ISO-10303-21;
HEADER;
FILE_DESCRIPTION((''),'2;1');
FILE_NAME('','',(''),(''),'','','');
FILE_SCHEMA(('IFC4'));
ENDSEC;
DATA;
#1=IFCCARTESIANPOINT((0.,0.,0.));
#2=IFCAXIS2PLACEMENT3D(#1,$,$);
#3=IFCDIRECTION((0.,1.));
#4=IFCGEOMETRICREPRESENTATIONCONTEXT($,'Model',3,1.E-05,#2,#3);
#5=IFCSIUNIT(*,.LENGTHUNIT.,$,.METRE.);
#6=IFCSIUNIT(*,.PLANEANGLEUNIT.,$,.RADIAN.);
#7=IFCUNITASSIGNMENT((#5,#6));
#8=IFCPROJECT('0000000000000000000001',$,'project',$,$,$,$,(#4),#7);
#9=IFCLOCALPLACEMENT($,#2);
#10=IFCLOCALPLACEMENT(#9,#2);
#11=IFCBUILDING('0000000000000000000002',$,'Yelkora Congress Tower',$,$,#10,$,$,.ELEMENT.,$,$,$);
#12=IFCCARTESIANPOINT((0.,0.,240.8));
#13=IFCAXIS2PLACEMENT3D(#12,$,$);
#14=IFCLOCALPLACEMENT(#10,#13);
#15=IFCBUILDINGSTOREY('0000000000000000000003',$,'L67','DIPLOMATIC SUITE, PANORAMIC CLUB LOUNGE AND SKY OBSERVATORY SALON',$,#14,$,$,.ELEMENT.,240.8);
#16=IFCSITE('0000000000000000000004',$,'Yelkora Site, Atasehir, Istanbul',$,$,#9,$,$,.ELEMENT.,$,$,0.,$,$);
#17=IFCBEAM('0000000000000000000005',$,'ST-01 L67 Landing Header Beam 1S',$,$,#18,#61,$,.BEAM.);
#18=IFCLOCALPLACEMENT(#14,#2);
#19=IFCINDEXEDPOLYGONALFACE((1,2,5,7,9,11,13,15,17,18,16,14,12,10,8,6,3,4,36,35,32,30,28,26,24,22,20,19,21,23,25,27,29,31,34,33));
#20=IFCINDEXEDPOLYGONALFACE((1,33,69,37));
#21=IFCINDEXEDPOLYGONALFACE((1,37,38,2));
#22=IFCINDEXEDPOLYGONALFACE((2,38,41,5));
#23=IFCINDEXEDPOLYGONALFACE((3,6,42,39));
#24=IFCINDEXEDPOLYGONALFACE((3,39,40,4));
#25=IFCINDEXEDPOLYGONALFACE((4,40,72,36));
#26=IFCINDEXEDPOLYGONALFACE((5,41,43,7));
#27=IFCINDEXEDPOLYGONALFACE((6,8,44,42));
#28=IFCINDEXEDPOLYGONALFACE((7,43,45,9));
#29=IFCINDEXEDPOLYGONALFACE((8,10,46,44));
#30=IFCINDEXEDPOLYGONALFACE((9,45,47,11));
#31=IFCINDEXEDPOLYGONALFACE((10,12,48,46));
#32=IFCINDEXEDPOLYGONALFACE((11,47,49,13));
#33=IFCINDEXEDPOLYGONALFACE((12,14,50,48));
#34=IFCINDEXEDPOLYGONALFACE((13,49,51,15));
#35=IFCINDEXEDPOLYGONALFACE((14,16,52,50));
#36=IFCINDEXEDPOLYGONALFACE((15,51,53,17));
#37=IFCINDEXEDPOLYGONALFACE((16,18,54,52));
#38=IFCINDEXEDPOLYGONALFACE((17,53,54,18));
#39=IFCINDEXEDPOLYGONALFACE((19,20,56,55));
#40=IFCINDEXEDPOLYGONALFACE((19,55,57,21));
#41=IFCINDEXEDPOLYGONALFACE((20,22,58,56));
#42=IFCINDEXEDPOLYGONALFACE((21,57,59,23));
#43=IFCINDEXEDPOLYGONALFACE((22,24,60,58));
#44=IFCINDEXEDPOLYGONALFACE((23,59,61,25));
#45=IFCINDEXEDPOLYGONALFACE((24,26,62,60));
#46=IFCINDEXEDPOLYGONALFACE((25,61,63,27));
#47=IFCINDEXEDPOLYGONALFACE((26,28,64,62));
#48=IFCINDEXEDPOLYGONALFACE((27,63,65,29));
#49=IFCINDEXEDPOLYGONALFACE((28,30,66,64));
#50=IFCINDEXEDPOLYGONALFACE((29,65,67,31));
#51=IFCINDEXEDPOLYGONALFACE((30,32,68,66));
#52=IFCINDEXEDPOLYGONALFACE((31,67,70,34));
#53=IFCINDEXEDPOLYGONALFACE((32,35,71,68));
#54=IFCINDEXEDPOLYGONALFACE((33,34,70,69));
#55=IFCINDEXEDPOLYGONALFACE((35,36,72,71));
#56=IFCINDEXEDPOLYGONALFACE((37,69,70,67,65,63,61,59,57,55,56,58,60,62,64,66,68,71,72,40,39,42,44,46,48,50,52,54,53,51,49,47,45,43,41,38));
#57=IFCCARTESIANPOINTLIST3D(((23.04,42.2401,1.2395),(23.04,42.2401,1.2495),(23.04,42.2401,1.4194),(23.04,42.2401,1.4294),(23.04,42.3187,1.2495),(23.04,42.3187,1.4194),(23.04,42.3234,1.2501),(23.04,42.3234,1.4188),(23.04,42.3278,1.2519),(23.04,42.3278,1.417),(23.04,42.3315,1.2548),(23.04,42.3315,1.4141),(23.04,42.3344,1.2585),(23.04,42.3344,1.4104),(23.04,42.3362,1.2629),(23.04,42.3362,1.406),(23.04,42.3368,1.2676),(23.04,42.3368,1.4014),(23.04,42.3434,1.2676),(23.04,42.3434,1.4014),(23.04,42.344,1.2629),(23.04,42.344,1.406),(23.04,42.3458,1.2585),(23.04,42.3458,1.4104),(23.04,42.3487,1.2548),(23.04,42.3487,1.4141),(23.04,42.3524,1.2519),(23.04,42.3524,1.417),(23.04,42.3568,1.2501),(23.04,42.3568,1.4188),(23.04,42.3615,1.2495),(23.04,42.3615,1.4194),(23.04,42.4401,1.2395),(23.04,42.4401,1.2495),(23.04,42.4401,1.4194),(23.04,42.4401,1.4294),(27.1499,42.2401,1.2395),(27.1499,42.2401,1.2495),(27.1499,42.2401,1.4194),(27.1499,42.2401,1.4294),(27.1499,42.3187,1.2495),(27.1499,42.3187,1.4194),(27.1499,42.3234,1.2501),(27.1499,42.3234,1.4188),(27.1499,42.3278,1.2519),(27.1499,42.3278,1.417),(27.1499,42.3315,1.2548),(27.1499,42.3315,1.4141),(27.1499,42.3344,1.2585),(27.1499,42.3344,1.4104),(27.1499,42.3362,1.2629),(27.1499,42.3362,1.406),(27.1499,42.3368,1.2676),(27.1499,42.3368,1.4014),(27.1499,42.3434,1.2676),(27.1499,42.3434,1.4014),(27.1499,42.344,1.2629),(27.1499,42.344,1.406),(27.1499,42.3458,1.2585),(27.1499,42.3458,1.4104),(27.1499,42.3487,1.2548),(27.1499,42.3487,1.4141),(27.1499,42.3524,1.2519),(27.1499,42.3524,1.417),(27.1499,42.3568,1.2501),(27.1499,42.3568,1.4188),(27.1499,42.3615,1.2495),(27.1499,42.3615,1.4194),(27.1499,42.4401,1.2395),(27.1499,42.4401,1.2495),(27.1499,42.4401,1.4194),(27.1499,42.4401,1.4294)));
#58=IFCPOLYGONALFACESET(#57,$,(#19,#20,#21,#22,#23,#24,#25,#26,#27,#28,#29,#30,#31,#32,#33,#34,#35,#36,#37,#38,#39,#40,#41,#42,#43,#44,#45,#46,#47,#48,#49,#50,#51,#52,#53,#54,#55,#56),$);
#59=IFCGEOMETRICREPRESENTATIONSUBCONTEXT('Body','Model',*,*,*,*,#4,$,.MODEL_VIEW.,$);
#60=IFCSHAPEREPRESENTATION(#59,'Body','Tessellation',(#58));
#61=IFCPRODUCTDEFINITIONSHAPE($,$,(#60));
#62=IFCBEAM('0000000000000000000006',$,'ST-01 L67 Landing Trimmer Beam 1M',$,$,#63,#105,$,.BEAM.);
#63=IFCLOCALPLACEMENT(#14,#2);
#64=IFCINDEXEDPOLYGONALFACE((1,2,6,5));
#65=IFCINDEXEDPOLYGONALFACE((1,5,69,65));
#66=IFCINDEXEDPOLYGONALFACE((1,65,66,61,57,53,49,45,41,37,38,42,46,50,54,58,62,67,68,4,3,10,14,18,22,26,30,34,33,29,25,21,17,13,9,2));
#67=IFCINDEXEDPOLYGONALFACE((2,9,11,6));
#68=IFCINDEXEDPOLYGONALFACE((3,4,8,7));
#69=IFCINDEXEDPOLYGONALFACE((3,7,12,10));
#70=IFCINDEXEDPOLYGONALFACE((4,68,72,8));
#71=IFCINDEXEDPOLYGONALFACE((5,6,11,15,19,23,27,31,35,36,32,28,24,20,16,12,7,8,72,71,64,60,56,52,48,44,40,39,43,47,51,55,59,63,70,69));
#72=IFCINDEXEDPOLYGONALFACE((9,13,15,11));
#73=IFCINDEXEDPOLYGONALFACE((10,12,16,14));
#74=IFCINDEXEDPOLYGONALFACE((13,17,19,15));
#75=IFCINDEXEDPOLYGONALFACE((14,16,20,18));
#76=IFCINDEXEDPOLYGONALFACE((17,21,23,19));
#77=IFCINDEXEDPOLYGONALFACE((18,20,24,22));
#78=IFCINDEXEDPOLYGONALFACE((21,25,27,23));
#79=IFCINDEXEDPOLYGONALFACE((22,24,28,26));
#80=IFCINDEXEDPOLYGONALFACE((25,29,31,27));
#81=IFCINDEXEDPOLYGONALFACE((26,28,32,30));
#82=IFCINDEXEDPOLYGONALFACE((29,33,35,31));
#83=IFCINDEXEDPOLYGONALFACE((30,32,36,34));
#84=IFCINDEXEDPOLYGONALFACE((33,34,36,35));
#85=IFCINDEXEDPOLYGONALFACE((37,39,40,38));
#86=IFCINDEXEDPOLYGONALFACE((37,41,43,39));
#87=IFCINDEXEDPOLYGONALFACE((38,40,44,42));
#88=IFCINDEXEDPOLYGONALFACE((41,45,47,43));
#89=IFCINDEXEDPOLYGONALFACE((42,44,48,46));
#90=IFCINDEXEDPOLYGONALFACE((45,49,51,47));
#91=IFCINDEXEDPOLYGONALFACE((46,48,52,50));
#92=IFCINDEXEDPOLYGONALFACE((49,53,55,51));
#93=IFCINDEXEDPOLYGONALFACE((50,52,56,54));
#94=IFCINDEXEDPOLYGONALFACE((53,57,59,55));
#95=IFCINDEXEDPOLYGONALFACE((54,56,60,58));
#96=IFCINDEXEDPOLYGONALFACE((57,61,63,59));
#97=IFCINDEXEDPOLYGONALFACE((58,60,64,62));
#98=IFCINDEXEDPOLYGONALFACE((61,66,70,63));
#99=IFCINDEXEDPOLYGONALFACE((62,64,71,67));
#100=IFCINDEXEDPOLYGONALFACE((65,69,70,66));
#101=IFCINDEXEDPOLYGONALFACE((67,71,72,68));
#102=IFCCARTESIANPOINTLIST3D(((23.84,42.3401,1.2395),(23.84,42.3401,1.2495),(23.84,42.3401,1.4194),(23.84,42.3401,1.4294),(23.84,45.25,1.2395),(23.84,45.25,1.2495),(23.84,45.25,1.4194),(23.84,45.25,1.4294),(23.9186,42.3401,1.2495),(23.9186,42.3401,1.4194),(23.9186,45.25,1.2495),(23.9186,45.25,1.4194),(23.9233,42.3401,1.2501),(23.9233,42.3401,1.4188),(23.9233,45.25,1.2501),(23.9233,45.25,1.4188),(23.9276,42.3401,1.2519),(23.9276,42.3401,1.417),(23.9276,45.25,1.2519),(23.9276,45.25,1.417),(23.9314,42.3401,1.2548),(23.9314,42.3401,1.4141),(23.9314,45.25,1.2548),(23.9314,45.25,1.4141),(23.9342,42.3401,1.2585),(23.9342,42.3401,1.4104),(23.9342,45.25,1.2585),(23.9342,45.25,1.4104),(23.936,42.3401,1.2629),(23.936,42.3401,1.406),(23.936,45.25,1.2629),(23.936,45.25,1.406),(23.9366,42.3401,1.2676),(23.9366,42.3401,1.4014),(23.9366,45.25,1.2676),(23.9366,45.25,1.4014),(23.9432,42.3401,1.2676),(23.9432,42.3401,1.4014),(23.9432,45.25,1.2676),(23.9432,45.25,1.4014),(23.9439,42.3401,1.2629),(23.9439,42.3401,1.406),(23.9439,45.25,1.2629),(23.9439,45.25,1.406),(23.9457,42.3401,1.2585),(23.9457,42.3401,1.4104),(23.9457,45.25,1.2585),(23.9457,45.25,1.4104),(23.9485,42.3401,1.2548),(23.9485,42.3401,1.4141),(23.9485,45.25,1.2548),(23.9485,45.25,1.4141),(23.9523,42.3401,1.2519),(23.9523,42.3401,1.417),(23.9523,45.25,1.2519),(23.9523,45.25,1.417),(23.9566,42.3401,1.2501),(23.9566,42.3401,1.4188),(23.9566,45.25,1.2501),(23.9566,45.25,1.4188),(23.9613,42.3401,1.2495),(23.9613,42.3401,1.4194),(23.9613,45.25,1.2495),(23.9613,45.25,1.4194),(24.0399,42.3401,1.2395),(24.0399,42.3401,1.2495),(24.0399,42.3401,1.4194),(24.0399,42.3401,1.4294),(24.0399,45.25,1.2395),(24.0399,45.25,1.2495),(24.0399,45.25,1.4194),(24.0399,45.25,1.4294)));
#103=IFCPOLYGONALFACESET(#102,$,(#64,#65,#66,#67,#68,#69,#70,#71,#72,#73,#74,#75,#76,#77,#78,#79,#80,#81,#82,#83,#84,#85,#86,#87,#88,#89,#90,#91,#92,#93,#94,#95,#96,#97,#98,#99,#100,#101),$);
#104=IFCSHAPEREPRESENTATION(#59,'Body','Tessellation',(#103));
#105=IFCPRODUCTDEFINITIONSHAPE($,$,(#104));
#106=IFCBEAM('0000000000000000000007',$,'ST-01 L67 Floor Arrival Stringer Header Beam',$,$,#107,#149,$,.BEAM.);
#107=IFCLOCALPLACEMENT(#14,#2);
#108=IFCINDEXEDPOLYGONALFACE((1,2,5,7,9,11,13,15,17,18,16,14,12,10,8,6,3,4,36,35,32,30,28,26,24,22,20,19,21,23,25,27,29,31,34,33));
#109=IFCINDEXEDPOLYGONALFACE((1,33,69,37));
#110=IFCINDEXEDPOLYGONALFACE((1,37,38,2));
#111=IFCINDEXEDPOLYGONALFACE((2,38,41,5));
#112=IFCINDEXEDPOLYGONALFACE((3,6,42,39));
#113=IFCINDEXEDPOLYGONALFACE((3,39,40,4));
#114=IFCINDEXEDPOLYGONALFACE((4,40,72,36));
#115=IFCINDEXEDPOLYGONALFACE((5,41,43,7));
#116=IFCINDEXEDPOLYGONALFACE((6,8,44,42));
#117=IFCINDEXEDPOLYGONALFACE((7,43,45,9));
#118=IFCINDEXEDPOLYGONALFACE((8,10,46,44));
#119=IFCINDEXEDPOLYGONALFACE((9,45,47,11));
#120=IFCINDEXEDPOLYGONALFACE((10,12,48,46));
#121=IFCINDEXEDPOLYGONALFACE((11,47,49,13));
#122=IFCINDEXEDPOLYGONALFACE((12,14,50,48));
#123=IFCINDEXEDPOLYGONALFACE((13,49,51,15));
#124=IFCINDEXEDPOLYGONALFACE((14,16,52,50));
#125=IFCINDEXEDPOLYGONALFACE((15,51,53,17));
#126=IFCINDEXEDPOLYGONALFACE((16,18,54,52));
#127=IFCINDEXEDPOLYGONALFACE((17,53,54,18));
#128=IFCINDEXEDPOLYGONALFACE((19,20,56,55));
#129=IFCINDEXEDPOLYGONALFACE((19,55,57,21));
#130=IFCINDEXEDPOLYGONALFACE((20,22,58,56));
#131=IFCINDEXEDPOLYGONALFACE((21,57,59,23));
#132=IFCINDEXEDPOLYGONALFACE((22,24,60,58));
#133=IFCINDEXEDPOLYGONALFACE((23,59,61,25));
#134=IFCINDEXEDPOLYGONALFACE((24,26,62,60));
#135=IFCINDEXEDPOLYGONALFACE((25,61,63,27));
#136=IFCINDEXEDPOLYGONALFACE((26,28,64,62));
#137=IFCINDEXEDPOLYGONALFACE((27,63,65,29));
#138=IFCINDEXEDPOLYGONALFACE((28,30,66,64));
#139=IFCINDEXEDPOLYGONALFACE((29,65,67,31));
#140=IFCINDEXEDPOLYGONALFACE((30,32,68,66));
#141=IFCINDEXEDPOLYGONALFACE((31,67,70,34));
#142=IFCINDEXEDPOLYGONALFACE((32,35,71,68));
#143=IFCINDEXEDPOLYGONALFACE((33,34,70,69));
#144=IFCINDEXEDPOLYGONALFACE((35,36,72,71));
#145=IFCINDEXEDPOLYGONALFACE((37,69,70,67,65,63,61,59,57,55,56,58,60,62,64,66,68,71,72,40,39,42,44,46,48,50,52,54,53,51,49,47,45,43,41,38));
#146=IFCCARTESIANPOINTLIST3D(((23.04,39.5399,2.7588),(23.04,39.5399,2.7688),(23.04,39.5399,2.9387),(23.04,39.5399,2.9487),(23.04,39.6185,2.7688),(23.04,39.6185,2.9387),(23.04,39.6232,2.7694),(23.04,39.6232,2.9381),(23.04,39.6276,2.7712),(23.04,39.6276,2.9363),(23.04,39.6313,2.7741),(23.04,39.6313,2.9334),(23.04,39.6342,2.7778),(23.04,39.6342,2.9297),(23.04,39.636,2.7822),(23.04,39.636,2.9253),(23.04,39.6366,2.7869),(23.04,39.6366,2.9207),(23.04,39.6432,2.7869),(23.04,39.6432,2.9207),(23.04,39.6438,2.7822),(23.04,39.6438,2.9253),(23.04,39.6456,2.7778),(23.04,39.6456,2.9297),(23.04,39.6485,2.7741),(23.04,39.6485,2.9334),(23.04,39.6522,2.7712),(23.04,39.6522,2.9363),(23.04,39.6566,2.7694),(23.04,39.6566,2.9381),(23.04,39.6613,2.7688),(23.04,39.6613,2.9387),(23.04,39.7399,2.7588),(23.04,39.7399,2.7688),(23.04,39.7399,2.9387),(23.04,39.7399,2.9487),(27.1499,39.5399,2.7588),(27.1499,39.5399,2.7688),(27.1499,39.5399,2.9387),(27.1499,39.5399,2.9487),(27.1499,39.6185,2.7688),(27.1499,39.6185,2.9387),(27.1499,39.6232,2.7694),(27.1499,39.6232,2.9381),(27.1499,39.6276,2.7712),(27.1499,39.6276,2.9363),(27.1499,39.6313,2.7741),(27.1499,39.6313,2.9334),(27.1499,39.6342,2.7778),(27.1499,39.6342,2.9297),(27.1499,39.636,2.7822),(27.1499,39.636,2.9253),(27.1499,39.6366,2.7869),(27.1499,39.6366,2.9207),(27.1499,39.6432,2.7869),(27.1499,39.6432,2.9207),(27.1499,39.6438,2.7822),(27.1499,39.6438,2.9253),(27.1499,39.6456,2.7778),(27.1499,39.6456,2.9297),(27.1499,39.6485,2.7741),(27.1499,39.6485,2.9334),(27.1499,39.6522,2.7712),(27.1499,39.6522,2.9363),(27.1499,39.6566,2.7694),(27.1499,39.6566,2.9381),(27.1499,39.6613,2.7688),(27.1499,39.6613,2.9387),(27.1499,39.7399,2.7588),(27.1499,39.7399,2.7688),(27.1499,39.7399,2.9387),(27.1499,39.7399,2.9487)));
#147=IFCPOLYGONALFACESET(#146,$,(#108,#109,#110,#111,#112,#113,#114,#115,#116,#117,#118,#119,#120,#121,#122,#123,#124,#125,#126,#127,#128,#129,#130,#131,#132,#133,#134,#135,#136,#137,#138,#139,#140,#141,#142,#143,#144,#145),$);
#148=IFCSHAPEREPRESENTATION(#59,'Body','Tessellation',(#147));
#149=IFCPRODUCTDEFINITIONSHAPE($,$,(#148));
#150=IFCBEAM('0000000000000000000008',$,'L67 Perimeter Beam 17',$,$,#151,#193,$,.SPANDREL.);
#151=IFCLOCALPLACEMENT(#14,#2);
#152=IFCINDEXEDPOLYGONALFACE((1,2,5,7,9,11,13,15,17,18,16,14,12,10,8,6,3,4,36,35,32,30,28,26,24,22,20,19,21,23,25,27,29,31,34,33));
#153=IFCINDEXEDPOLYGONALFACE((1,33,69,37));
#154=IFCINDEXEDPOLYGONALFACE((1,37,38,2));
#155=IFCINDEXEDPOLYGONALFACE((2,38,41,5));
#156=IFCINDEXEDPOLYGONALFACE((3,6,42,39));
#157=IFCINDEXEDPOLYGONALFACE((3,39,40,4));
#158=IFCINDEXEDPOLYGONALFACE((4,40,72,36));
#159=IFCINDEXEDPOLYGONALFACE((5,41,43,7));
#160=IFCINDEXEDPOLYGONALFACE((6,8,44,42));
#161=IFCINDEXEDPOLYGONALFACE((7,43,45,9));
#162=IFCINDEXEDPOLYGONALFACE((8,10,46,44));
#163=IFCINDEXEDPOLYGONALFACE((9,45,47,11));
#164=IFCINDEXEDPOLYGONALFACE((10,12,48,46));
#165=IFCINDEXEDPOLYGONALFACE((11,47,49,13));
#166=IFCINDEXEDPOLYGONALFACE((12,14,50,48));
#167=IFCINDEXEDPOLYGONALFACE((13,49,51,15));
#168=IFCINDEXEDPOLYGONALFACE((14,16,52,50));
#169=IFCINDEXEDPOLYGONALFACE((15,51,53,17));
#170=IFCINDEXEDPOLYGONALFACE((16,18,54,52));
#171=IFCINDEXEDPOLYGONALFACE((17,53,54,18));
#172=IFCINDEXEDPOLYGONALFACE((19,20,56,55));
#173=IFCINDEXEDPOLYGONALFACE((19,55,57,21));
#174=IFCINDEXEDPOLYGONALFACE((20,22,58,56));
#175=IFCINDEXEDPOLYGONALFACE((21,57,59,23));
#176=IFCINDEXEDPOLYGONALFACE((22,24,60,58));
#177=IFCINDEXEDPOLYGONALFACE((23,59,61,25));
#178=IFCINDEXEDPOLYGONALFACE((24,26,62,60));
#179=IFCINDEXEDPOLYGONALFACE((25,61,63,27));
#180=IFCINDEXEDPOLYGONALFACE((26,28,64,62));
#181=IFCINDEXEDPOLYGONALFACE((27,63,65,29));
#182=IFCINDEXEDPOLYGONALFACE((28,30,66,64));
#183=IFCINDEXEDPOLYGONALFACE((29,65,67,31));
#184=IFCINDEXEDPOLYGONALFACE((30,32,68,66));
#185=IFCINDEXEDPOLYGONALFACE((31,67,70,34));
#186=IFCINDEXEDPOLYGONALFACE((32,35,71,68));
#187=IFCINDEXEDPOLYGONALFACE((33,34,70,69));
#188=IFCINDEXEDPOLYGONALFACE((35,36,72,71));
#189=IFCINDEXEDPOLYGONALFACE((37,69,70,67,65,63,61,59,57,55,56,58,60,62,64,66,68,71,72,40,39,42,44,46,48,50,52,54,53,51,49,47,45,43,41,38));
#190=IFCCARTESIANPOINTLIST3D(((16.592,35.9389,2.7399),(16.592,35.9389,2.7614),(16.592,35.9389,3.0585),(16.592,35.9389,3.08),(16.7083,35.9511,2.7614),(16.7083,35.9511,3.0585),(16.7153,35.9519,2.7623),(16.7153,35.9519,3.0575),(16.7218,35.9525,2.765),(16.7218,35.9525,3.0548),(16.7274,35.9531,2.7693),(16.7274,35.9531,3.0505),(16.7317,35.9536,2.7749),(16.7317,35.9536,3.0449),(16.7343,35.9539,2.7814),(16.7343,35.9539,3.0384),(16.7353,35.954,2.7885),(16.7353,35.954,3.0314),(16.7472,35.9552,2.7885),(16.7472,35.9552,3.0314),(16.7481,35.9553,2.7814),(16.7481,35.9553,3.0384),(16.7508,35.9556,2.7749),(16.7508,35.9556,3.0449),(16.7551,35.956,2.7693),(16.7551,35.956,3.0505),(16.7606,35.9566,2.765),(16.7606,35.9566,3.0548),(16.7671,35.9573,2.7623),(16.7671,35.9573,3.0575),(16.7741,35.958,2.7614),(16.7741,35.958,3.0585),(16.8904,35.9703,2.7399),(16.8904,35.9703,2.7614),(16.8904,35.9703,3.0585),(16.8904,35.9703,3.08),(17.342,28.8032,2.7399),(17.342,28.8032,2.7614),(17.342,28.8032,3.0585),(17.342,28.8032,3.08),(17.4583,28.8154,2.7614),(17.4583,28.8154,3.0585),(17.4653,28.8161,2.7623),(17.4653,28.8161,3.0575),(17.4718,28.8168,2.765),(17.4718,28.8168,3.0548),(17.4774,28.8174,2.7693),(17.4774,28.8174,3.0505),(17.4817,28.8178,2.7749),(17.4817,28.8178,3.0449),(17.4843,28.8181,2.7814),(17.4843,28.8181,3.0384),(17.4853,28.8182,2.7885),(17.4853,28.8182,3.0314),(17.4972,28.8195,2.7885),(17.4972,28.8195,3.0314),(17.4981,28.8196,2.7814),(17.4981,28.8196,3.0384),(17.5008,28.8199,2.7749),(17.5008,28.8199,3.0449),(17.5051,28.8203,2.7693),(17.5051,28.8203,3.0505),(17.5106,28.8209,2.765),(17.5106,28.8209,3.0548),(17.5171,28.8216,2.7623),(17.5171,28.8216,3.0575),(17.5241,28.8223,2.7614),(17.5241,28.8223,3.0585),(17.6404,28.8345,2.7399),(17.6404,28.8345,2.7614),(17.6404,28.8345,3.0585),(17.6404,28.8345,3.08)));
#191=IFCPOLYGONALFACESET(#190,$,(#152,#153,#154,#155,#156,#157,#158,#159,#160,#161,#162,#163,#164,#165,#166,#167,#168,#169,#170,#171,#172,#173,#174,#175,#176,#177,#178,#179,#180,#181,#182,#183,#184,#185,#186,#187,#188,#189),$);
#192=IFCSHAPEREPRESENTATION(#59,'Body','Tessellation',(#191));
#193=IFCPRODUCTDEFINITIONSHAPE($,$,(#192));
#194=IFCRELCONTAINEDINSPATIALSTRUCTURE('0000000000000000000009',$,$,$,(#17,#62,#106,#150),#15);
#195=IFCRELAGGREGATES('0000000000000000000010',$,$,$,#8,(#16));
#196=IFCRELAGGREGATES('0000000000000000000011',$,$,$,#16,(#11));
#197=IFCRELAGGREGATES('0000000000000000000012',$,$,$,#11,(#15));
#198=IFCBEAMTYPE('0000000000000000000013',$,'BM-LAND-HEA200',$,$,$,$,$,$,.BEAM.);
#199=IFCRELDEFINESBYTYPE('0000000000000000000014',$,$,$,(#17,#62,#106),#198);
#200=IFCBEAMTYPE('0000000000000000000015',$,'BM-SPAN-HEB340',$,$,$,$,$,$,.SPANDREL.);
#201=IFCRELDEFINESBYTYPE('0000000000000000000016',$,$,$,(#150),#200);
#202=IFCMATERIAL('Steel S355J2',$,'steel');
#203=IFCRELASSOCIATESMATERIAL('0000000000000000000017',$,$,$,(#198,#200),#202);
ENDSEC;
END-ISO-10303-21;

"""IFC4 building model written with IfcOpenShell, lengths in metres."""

from ifc_helpers import new_model, si_unit, direction, frame, origin, origin_2d, place, context, subcontext, project, spatial, i_section, extrude, material, material_profile, profile_set, type_object, element, save


model = new_model("IFC4")

# Units and contexts
model_context = context("Model", 3, precision=1e-05, world=origin(), true_north=direction((0.0, 1.0)))
body_context = subcontext(model_context, "Body", "Model", "MODEL_VIEW")
ifc_project = project(units=[si_unit("LENGTHUNIT", "METRE"), si_unit("PLANEANGLEUNIT", "RADIAN")], contexts=[model_context])

# Site, building, storey
site_placement = place(None, origin())
site = spatial("IfcSite", under=ifc_project, at=site_placement, Name="Yelkora Site, Atasehir, Istanbul", CompositionType="ELEMENT", RefElevation=0.0)
building_placement = place(site_placement, origin())
building = spatial("IfcBuilding", under=site, at=building_placement, Name="Yelkora Congress Tower", CompositionType="ELEMENT")
storey_placement = place(building_placement, frame((0.0, 0.0, 240.8)))
storey = spatial("IfcBuildingStorey", under=building, at=storey_placement, Name="L67", Description="DIPLOMATIC SUITE, PANORAMIC CLUB LOUNGE AND SKY OBSERVATORY SALON", CompositionType="ELEMENT", Elevation=240.8)

# Shared definitions
ifc_material_1 = material(Name="Steel S355J2", Category="steel")

# Beams
ifc_material_profile_1 = material_profile(ifc_material_1, i_section(OverallWidth=0.2, OverallDepth=0.1899, WebThickness=0.0066, FlangeThickness=0.01, FilletRadius=0.0181, at=origin_2d()), Name="HEA 200")
ifc_profile_set_1 = profile_set([ifc_material_profile_1], Name="Steel S355J2")
beam_type_1 = type_object("IfcBeamType", Name="BM-LAND-HEA200", PredefinedType="BEAM", material=ifc_profile_set_1)
beam_1_placement = place(storey_placement, frame((23.04, 42.3401, 1.3345), z_axis=(1.0, 0.0, 0.0), x_axis=(0.0, 1.0, 0.0)))
element("IfcBeam", 1, at=beam_1_placement, inside=storey, type_object=beam_type_1, Name="ST-01 L67 Landing Header Beam 1S", PredefinedType="BEAM", context=body_context, shape_type="SweptSolid", body=[
    extrude(i_section(OverallWidth=0.2, OverallDepth=0.1899, WebThickness=0.0066, FlangeThickness=0.01, FilletRadius=0.0181, at=origin_2d()), origin(), (0.0, 0.0, 1.0), 4.1099),
])
beam_2_placement = place(storey_placement, frame((23.9399, 42.3401, 1.3345), z_axis=(0.0, 1.0, 0.0), x_axis=(-1.0, 0.0, 0.0)))
element("IfcBeam", 2, at=beam_2_placement, inside=storey, type_object=beam_type_1, Name="ST-01 L67 Landing Trimmer Beam 1M", PredefinedType="BEAM", context=body_context, shape_type="SweptSolid", body=[
    extrude(i_section(OverallWidth=0.2, OverallDepth=0.1899, WebThickness=0.0066, FlangeThickness=0.01, FilletRadius=0.0181, at=origin_2d()), origin(), (0.0, 0.0, 1.0), 2.9099),
])
beam_3_placement = place(storey_placement, frame((23.04, 39.6399, 2.8538), z_axis=(1.0, 0.0, 0.0), x_axis=(0.0, 1.0, 0.0)))
element("IfcBeam", 3, at=beam_3_placement, inside=storey, type_object=beam_type_1, Name="ST-01 L67 Floor Arrival Stringer Header Beam", PredefinedType="BEAM", context=body_context, shape_type="SweptSolid", body=[
    extrude(i_section(OverallWidth=0.2, OverallDepth=0.1899, WebThickness=0.0066, FlangeThickness=0.01, FilletRadius=0.0181, at=origin_2d()), origin(), (0.0, 0.0, 1.0), 4.1099),
])
ifc_material_profile_2 = material_profile(ifc_material_1, i_section(OverallWidth=0.3, OverallDepth=0.3401, WebThickness=0.012, FlangeThickness=0.0215, FilletRadius=0.0271, at=origin_2d()), Name="HEB 340")
ifc_profile_set_2 = profile_set([ifc_material_profile_2], Name="Steel S355J2")
beam_type_2 = type_object("IfcBeamType", Name="BM-SPAN-HEB340", PredefinedType="SPANDREL", material=ifc_profile_set_2)
beam_4_placement = place(storey_placement, frame((16.7412, 35.9546, 2.9099), z_axis=(0.104529, -0.994522, 0.0), x_axis=(0.994522, 0.104529, 0.0)))
element("IfcBeam", 4, at=beam_4_placement, inside=storey, type_object=beam_type_2, Name="L67 Perimeter Beam 17", PredefinedType="SPANDREL", context=body_context, shape_type="SweptSolid", body=[
    extrude(i_section(OverallWidth=0.3, OverallDepth=0.3401, WebThickness=0.012, FlangeThickness=0.0215, FilletRadius=0.0271, at=origin_2d()), origin(), (0.0, 0.0, 1.0), 7.175),
])

save(model, "model.ifc")
